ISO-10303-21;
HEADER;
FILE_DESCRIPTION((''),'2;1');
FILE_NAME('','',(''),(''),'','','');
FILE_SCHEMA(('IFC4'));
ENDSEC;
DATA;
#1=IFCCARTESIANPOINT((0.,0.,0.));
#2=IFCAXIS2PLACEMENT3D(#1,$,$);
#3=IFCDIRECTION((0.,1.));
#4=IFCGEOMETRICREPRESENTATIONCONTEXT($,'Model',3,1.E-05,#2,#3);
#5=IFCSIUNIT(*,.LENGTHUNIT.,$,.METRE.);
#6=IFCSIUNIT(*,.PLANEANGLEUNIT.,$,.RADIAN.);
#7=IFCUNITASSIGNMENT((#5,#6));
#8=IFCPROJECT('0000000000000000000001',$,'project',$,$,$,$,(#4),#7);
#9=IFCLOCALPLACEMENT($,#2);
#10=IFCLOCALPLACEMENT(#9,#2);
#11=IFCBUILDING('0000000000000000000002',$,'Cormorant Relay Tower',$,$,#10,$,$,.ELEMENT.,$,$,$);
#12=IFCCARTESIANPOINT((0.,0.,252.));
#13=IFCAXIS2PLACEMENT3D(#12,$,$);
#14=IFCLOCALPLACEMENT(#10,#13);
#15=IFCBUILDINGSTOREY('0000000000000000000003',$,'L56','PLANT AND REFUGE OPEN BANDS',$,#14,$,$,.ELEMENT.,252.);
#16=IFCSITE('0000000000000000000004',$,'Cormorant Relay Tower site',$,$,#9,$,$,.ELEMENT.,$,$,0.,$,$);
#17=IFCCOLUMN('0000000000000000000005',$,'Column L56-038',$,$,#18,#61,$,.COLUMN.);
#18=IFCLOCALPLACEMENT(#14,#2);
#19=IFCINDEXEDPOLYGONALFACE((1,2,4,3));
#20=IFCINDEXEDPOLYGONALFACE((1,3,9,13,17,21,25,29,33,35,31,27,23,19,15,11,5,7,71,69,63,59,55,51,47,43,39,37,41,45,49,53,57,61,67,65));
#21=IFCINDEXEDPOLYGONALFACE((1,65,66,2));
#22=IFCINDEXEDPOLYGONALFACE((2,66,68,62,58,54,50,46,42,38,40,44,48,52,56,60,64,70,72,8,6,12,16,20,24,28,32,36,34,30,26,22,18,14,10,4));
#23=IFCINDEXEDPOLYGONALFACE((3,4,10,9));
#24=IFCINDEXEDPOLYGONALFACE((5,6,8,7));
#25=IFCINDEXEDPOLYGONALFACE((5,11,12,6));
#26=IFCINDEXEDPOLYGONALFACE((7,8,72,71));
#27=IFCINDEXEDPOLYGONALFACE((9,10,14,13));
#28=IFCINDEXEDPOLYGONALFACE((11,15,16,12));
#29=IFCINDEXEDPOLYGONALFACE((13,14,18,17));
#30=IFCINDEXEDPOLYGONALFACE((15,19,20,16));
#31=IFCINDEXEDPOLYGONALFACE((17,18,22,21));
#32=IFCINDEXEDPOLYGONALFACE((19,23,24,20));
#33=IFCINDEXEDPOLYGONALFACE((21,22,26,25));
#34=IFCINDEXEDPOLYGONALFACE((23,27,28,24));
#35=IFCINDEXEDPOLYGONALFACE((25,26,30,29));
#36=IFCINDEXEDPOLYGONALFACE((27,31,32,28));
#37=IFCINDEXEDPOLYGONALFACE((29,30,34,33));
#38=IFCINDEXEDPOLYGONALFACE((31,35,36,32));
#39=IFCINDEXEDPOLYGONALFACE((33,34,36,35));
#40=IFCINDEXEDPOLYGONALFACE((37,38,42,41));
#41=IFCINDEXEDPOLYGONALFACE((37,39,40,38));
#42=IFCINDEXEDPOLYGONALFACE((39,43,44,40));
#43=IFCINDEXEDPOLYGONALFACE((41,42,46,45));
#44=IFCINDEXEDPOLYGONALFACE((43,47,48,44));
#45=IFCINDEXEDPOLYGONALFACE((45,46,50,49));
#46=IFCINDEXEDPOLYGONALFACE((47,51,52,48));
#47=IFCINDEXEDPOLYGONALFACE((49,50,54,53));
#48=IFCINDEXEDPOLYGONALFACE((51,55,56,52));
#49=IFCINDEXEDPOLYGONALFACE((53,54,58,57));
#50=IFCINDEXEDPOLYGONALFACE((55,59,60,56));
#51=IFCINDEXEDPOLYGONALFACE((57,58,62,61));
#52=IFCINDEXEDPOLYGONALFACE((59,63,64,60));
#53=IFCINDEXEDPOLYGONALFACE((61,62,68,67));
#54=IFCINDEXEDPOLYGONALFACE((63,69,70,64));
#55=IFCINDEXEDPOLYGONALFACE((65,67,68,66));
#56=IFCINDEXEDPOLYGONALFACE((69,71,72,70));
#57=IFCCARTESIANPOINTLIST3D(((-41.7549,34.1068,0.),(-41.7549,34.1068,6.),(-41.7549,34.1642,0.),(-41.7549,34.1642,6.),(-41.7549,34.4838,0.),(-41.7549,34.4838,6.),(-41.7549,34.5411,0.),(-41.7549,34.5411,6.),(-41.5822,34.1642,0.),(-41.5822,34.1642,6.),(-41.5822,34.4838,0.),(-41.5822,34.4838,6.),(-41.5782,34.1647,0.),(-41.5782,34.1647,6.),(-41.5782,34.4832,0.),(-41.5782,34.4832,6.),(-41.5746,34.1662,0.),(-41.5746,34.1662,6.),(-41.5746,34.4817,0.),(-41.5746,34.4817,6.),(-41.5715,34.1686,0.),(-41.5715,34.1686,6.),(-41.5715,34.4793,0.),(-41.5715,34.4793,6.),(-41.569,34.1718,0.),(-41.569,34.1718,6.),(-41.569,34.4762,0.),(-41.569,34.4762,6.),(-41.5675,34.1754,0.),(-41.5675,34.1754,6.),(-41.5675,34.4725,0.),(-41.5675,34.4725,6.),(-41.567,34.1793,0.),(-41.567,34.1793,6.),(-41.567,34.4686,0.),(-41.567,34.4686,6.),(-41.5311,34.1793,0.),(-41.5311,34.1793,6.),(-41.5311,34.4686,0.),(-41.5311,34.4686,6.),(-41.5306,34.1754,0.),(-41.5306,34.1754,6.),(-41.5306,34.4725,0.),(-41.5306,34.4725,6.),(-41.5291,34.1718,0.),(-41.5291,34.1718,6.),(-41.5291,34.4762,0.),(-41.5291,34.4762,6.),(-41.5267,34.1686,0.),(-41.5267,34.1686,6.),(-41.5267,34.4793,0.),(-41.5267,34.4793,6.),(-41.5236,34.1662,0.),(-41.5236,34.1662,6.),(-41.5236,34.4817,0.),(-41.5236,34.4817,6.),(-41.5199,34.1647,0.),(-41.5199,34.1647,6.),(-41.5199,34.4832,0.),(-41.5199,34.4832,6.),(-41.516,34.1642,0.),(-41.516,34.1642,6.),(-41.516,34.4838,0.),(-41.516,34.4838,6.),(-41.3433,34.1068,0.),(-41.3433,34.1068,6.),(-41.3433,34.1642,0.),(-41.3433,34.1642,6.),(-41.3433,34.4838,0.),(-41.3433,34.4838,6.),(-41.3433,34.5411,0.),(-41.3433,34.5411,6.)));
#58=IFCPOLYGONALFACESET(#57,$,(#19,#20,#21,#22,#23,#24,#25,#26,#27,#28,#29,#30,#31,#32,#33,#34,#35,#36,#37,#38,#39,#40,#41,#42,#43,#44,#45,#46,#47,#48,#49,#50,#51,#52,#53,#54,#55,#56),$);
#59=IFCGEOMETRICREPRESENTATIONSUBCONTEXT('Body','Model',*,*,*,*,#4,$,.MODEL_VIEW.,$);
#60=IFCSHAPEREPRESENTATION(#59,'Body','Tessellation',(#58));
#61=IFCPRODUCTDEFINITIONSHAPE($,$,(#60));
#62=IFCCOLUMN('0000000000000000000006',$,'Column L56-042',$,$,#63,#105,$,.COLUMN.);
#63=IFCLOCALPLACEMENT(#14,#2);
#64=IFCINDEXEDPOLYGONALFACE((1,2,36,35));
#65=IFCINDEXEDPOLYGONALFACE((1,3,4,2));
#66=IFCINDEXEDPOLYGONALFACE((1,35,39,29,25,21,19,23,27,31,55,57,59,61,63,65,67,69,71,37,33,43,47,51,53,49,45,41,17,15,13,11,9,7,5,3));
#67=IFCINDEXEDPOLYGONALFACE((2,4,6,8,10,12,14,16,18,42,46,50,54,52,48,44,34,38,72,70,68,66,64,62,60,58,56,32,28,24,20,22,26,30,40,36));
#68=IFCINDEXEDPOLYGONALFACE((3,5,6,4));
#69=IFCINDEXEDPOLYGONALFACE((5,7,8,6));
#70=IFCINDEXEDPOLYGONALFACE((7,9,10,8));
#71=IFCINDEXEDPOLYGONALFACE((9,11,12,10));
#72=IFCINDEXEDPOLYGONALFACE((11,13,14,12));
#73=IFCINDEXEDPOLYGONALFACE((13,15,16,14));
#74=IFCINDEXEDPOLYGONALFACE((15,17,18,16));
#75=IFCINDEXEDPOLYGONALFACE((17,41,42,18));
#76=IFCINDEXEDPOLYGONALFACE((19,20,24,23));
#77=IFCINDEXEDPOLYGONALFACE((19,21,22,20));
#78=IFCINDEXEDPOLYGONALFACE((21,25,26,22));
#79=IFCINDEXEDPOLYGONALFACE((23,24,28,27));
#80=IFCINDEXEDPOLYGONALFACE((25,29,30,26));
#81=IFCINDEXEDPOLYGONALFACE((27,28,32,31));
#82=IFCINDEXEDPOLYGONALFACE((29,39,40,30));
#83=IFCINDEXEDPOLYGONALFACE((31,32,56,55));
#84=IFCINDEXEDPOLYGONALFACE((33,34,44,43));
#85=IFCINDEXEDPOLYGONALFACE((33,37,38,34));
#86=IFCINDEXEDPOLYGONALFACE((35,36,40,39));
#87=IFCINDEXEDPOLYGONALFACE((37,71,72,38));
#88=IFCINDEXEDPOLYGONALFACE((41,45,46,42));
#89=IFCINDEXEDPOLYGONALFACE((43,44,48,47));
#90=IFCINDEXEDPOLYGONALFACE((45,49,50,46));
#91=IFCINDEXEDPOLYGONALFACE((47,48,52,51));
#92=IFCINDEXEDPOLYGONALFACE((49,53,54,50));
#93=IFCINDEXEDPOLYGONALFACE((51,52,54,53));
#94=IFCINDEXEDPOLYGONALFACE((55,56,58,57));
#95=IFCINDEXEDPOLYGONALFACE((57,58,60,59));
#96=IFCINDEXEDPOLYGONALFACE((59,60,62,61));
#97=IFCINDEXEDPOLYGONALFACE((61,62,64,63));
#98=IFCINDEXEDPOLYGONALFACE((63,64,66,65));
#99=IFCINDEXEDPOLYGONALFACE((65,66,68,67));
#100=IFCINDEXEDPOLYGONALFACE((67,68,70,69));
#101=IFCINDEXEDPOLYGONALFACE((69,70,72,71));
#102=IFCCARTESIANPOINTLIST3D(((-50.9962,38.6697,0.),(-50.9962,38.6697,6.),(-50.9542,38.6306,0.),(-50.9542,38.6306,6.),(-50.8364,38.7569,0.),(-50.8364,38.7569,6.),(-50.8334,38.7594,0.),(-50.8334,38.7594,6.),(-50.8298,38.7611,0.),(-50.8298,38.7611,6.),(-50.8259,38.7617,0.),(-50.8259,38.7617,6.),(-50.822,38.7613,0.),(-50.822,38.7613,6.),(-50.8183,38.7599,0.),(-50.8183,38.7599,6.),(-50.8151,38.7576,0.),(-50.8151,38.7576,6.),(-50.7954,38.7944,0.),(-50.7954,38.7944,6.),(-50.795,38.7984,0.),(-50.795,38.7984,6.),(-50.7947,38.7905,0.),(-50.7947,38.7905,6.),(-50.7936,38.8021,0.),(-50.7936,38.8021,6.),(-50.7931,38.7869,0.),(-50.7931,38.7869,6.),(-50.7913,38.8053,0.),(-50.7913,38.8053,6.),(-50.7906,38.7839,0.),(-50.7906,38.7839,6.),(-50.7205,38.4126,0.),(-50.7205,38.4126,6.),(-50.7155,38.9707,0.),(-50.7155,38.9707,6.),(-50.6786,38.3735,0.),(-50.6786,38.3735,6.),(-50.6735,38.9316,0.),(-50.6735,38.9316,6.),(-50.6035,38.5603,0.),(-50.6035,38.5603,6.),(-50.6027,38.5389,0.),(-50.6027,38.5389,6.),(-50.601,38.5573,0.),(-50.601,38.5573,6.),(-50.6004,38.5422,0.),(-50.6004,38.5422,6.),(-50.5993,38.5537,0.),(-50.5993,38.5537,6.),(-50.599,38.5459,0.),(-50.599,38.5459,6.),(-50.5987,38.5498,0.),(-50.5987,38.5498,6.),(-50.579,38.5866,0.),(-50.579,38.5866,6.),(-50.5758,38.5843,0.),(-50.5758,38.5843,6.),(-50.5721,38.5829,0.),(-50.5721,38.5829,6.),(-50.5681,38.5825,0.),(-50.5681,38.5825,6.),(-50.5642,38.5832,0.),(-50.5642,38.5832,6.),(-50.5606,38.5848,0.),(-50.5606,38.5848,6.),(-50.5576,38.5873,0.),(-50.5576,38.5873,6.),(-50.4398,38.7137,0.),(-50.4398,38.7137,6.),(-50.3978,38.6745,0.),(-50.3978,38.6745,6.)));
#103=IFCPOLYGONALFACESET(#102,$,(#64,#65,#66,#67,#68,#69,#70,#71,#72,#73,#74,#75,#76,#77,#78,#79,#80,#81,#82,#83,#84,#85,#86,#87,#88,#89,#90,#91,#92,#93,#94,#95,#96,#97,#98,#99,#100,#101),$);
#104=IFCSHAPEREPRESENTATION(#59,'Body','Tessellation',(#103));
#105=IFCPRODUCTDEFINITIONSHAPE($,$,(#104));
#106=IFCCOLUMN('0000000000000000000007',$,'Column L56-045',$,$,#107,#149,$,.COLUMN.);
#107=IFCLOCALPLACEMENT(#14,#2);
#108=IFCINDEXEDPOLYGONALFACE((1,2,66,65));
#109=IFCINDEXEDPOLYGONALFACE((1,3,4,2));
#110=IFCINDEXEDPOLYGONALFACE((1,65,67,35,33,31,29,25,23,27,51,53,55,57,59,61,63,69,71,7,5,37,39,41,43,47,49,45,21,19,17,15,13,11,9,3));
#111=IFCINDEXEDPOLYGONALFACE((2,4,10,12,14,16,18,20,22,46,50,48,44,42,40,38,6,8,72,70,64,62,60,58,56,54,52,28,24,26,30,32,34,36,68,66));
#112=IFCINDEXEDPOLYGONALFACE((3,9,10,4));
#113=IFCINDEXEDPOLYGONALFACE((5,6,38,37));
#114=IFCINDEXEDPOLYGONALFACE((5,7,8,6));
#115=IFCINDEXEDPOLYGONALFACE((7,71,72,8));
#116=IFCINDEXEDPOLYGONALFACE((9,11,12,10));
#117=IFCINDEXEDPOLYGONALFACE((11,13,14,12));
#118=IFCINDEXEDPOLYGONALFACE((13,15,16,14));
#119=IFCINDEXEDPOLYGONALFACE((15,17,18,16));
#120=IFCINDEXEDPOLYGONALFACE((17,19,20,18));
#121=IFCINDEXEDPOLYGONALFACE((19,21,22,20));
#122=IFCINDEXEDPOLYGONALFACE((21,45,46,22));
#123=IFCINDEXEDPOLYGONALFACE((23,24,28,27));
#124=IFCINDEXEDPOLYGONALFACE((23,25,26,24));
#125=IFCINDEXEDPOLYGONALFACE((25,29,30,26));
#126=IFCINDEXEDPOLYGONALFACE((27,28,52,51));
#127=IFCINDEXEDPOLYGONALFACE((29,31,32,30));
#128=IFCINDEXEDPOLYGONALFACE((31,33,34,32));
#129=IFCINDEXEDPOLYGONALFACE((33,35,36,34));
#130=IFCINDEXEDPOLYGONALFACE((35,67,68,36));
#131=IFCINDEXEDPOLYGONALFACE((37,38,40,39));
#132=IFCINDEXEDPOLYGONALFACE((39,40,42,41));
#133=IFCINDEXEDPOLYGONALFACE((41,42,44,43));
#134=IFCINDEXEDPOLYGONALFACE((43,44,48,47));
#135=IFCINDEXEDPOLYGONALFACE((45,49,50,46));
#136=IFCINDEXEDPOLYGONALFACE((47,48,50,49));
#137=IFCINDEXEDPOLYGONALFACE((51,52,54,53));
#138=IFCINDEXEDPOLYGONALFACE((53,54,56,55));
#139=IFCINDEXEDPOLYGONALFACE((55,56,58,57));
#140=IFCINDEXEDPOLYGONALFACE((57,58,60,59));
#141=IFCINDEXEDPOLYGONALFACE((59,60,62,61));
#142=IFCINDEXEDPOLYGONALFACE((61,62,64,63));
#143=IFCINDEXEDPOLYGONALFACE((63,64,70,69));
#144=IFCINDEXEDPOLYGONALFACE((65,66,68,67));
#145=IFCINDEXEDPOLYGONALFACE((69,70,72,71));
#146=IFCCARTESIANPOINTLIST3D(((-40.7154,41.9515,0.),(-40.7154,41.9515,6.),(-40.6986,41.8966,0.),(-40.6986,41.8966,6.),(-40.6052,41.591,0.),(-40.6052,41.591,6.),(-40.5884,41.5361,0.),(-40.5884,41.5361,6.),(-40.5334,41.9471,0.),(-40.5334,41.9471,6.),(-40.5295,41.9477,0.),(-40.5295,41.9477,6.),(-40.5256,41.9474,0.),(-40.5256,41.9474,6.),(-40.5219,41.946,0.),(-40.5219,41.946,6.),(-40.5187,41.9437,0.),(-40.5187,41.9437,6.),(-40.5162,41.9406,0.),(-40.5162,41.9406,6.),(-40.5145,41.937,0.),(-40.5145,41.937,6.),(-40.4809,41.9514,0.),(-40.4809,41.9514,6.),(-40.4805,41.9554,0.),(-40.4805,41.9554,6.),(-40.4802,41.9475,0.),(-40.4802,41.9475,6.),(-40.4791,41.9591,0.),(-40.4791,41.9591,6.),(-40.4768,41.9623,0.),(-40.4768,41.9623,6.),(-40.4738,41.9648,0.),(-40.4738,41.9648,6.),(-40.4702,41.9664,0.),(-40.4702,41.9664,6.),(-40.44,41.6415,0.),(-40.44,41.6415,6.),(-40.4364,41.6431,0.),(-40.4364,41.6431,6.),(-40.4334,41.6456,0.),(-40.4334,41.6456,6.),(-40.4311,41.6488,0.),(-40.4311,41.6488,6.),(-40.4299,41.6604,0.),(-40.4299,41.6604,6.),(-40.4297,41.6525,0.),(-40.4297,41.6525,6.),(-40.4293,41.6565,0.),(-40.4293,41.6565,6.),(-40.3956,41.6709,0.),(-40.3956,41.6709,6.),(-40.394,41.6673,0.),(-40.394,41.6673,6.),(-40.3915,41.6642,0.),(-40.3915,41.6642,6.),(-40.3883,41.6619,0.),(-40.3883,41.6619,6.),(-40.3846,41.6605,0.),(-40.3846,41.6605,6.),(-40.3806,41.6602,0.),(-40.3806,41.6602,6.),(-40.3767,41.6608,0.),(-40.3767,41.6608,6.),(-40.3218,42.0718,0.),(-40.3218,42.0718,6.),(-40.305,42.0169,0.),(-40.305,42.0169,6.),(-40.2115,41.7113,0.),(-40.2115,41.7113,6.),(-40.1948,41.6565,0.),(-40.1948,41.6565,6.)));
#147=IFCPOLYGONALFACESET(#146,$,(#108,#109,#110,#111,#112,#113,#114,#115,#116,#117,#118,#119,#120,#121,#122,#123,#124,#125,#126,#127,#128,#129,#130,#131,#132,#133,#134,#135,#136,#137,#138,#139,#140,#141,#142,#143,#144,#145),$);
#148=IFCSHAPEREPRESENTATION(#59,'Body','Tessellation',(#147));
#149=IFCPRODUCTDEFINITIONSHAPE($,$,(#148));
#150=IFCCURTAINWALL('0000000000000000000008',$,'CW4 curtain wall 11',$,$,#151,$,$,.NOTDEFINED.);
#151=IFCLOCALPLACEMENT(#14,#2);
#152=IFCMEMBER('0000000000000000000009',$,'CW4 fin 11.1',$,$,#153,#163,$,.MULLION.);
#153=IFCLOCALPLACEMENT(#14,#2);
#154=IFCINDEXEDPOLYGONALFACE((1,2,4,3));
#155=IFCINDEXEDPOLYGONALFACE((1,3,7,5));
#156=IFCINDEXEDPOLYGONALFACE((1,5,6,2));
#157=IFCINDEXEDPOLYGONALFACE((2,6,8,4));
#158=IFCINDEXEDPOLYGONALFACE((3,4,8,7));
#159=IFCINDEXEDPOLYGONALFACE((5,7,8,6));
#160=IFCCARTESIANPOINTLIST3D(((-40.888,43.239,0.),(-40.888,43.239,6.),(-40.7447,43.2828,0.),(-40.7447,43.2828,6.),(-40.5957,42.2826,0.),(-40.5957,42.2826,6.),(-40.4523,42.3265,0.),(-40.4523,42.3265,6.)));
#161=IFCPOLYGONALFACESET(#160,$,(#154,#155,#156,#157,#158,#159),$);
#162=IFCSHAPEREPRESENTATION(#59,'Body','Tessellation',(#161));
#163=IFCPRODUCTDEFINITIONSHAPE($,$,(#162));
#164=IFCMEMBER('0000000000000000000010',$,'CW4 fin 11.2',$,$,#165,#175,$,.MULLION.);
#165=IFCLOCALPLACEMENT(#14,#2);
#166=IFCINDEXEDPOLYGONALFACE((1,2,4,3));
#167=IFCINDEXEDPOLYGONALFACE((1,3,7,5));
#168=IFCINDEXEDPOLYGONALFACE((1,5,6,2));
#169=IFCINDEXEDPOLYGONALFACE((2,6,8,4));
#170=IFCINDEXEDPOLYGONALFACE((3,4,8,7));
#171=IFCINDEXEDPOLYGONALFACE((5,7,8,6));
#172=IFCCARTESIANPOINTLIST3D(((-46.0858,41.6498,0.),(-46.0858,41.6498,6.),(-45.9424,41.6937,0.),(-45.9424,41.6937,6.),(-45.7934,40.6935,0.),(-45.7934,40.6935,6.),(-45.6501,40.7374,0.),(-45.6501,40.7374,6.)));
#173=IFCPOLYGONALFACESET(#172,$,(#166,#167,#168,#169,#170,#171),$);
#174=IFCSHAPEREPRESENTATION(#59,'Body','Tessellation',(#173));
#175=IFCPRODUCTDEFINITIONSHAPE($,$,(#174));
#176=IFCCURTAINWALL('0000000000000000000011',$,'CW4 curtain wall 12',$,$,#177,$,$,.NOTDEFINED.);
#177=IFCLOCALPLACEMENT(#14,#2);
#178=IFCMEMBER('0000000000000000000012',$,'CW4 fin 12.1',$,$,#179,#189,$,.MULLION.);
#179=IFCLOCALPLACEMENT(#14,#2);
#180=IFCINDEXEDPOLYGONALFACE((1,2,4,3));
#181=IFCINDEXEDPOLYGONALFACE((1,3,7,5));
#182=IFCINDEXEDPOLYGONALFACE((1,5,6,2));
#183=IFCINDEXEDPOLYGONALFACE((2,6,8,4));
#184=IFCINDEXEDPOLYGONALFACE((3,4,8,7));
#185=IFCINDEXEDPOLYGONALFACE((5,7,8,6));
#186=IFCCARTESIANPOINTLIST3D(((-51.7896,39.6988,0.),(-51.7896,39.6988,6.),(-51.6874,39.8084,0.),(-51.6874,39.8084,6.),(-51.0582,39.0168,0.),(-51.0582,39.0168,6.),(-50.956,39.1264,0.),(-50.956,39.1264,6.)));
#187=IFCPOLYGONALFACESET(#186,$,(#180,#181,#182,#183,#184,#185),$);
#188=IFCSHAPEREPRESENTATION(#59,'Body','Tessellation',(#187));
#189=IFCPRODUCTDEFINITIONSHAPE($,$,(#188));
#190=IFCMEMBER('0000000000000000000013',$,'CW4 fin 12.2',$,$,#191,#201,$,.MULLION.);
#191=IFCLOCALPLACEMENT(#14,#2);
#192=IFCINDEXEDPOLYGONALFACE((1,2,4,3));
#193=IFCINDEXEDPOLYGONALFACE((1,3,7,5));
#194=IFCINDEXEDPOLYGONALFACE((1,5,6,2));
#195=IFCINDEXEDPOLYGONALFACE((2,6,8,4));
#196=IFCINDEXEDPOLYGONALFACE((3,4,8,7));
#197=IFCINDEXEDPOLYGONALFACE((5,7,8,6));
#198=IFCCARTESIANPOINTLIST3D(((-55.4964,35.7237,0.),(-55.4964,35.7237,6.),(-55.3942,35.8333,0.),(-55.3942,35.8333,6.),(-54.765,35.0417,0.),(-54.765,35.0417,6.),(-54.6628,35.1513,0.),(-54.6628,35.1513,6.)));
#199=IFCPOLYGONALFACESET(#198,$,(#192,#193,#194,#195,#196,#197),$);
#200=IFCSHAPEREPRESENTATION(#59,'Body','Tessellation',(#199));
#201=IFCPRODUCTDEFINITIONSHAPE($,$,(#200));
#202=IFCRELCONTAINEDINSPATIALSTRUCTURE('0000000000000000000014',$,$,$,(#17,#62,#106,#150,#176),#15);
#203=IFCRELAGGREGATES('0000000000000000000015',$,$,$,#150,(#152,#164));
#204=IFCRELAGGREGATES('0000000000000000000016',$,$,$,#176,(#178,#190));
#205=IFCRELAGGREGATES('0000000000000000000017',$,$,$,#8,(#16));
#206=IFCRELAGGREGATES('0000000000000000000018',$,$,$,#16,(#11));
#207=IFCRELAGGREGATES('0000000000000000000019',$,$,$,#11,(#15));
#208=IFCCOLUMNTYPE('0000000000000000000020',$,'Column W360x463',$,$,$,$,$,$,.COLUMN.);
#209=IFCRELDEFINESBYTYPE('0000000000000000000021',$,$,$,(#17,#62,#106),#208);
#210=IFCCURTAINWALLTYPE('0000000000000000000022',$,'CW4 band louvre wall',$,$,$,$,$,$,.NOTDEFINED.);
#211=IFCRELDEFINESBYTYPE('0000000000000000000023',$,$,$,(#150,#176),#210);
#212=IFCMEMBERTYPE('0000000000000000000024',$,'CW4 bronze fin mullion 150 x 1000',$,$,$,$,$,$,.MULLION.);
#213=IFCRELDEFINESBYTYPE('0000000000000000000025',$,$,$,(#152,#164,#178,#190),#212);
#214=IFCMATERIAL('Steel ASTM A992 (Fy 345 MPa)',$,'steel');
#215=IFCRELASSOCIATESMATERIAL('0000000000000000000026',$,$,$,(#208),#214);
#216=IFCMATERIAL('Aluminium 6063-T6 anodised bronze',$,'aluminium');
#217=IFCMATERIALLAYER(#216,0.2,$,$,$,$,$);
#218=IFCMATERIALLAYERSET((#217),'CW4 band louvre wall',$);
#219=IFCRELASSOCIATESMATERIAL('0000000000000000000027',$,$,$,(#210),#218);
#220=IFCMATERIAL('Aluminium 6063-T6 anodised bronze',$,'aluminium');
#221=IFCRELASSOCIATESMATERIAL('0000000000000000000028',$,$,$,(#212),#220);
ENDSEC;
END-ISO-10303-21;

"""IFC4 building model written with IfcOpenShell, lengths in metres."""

from ifc_helpers import new_model, si_unit, direction, frame, origin, origin_2d, place, context, subcontext, project, spatial, rectangle, i_section, extrude, material, layer, layer_set, material_profile, profile_set, type_object, element, aggregate, save


model = new_model("IFC4")

# Units and contexts
model_context = context("Model", 3, precision=1e-05, world=origin(), true_north=direction((0.0, 1.0)))
body_context = subcontext(model_context, "Body", "Model", "MODEL_VIEW")
ifc_project = project(units=[si_unit("LENGTHUNIT", "METRE"), si_unit("PLANEANGLEUNIT", "RADIAN")], contexts=[model_context])

# Site, building, storey
site_placement = place(None, origin())
site = spatial("IfcSite", under=ifc_project, at=site_placement, Name="Cormorant Relay Tower site", CompositionType="ELEMENT", RefElevation=0.0)
building_placement = place(site_placement, origin())
building = spatial("IfcBuilding", under=site, at=building_placement, Name="Cormorant Relay Tower", CompositionType="ELEMENT")
storey_placement = place(building_placement, frame((0.0, 0.0, 252.0)))
storey = spatial("IfcBuildingStorey", under=building, at=storey_placement, Name="L56", Description="PLANT AND REFUGE OPEN BANDS", CompositionType="ELEMENT", Elevation=252.0)

# Columns
ifc_material_1 = material(Name="Steel ASTM A992 (Fy 345 MPa)", Category="steel")
ifc_material_profile_1 = material_profile(ifc_material_1, i_section(OverallWidth=0.4116, OverallDepth=0.4343, WebThickness=0.0359, FlangeThickness=0.0574, FilletRadius=0.0151, at=origin_2d()), Name="W360x463")
ifc_profile_set_1 = profile_set([ifc_material_profile_1], Name="Steel ASTM A992 (Fy 345 MPa)")
column_type = type_object("IfcColumnType", Name="Column W360x463", PredefinedType="COLUMN", material=ifc_profile_set_1)
for number, where, z_axis, x_axis, name in (
    (1, (-41.5491, 34.324, 0.0), (0.0, 0.0, 1.0), (1.0, 0.0, 0.0), "Column L56-038"),
    (2, (-50.697, 38.6721, 0.0), (0.0, 0.0, 1.0), (-0.681998, -0.731354, 0.0), "Column L56-042"),
    (3, (-40.4551, 41.804, 0.0), (0.0, 0.0, 1.0), (-0.956305, -0.292372, 0.0), "Column L56-045"),
):
    element("IfcColumn", number, at=place(storey_placement, frame(where, z_axis=z_axis, x_axis=x_axis)), inside=storey, type_object=column_type, Name=name, PredefinedType="COLUMN", context=body_context, shape_type="SweptSolid", body=[
        extrude(i_section(OverallWidth=0.4116, OverallDepth=0.4343, WebThickness=0.0359, FlangeThickness=0.0574, FilletRadius=0.0151, at=origin_2d()), origin(), (0.0, 0.0, 1.0), 6.0),
    ])

# Curtain walls, members
ifc_material_2 = material(Name="Aluminium 6063-T6 anodised bronze", Category="aluminium")
ifc_layer_1 = layer(ifc_material_2, 0.2)
ifc_layer_set_1 = layer_set([ifc_layer_1], Name="CW4 band louvre wall")
curtain_wall_type = type_object("IfcCurtainWallType", Name="CW4 band louvre wall", PredefinedType="NOTDEFINED", material=ifc_layer_set_1)
curtain_wall_1_placement = place(storey_placement, origin())
curtain_wall_1 = element("IfcCurtainWall", 4, at=curtain_wall_1_placement, inside=storey, type_object=curtain_wall_type, Name="CW4 curtain wall 11", PredefinedType="NOTDEFINED")
ifc_material_3 = material(Name="Aluminium 6063-T6 anodised bronze", Category="aluminium")
ifc_material_profile_2 = material_profile(ifc_material_3, rectangle(XDim=0.1499, YDim=1.0, at=origin_2d()), Name="AL 150x1000")
ifc_profile_set_2 = profile_set([ifc_material_profile_2], Name="Aluminium 6063-T6 anodised bronze")
member_type_1 = type_object("IfcMemberType", Name="CW4 bronze fin mullion 150 x 1000", PredefinedType="MULLION", material=ifc_profile_set_2)
member_1_placement = place(storey_placement, frame((-40.6702, 42.7827, 0.0), z_axis=(0.0, 0.0, 1.0), x_axis=(-0.956305, -0.292372, 0.0)))
member_1 = element("IfcMember", 5, at=member_1_placement, type_object=member_type_1, Name="CW4 fin 11.1", PredefinedType="MULLION", context=body_context, shape_type="SweptSolid", body=[
    extrude(rectangle(XDim=0.1499, YDim=1.0, at=origin_2d()), origin(), (0.0, 0.0, 1.0), 6.0),
])
member_2_placement = place(storey_placement, frame((-45.8679, 41.1936, 0.0), z_axis=(0.0, 0.0, 1.0), x_axis=(-0.956305, -0.292372, 0.0)))
member_2 = element("IfcMember", 6, at=member_2_placement, type_object=member_type_1, Name="CW4 fin 11.2", PredefinedType="MULLION", context=body_context, shape_type="SweptSolid", body=[
    extrude(rectangle(XDim=0.1499, YDim=1.0, at=origin_2d()), origin(), (0.0, 0.0, 1.0), 6.0),
])
curtain_wall_2_placement = place(storey_placement, origin())
curtain_wall_2 = element("IfcCurtainWall", 7, at=curtain_wall_2_placement, inside=storey, type_object=curtain_wall_type, Name="CW4 curtain wall 12", PredefinedType="NOTDEFINED")
member_3_placement = place(storey_placement, frame((-51.3728, 39.4126, 0.0), z_axis=(0.0, 0.0, 1.0), x_axis=(-0.681998, -0.731354, 0.0)))
member_3 = element("IfcMember", 8, at=member_3_placement, type_object=member_type_1, Name="CW4 fin 12.1", PredefinedType="MULLION", context=body_context, shape_type="SweptSolid", body=[
    extrude(rectangle(XDim=0.1499, YDim=1.0, at=origin_2d()), origin(), (0.0, 0.0, 1.0), 6.0),
])
member_4_placement = place(storey_placement, frame((-55.0796, 35.4375, 0.0), z_axis=(0.0, 0.0, 1.0), x_axis=(-0.681998, -0.731354, 0.0)))
member_4 = element("IfcMember", 9, at=member_4_placement, type_object=member_type_1, Name="CW4 fin 12.2", PredefinedType="MULLION", context=body_context, shape_type="SweptSolid", body=[
    extrude(rectangle(XDim=0.1499, YDim=1.0, at=origin_2d()), origin(), (0.0, 0.0, 1.0), 6.0),
])

aggregate(curtain_wall_1, [member_1, member_2])
aggregate(curtain_wall_2, [member_3, member_4])

save(model, "model.ifc")
